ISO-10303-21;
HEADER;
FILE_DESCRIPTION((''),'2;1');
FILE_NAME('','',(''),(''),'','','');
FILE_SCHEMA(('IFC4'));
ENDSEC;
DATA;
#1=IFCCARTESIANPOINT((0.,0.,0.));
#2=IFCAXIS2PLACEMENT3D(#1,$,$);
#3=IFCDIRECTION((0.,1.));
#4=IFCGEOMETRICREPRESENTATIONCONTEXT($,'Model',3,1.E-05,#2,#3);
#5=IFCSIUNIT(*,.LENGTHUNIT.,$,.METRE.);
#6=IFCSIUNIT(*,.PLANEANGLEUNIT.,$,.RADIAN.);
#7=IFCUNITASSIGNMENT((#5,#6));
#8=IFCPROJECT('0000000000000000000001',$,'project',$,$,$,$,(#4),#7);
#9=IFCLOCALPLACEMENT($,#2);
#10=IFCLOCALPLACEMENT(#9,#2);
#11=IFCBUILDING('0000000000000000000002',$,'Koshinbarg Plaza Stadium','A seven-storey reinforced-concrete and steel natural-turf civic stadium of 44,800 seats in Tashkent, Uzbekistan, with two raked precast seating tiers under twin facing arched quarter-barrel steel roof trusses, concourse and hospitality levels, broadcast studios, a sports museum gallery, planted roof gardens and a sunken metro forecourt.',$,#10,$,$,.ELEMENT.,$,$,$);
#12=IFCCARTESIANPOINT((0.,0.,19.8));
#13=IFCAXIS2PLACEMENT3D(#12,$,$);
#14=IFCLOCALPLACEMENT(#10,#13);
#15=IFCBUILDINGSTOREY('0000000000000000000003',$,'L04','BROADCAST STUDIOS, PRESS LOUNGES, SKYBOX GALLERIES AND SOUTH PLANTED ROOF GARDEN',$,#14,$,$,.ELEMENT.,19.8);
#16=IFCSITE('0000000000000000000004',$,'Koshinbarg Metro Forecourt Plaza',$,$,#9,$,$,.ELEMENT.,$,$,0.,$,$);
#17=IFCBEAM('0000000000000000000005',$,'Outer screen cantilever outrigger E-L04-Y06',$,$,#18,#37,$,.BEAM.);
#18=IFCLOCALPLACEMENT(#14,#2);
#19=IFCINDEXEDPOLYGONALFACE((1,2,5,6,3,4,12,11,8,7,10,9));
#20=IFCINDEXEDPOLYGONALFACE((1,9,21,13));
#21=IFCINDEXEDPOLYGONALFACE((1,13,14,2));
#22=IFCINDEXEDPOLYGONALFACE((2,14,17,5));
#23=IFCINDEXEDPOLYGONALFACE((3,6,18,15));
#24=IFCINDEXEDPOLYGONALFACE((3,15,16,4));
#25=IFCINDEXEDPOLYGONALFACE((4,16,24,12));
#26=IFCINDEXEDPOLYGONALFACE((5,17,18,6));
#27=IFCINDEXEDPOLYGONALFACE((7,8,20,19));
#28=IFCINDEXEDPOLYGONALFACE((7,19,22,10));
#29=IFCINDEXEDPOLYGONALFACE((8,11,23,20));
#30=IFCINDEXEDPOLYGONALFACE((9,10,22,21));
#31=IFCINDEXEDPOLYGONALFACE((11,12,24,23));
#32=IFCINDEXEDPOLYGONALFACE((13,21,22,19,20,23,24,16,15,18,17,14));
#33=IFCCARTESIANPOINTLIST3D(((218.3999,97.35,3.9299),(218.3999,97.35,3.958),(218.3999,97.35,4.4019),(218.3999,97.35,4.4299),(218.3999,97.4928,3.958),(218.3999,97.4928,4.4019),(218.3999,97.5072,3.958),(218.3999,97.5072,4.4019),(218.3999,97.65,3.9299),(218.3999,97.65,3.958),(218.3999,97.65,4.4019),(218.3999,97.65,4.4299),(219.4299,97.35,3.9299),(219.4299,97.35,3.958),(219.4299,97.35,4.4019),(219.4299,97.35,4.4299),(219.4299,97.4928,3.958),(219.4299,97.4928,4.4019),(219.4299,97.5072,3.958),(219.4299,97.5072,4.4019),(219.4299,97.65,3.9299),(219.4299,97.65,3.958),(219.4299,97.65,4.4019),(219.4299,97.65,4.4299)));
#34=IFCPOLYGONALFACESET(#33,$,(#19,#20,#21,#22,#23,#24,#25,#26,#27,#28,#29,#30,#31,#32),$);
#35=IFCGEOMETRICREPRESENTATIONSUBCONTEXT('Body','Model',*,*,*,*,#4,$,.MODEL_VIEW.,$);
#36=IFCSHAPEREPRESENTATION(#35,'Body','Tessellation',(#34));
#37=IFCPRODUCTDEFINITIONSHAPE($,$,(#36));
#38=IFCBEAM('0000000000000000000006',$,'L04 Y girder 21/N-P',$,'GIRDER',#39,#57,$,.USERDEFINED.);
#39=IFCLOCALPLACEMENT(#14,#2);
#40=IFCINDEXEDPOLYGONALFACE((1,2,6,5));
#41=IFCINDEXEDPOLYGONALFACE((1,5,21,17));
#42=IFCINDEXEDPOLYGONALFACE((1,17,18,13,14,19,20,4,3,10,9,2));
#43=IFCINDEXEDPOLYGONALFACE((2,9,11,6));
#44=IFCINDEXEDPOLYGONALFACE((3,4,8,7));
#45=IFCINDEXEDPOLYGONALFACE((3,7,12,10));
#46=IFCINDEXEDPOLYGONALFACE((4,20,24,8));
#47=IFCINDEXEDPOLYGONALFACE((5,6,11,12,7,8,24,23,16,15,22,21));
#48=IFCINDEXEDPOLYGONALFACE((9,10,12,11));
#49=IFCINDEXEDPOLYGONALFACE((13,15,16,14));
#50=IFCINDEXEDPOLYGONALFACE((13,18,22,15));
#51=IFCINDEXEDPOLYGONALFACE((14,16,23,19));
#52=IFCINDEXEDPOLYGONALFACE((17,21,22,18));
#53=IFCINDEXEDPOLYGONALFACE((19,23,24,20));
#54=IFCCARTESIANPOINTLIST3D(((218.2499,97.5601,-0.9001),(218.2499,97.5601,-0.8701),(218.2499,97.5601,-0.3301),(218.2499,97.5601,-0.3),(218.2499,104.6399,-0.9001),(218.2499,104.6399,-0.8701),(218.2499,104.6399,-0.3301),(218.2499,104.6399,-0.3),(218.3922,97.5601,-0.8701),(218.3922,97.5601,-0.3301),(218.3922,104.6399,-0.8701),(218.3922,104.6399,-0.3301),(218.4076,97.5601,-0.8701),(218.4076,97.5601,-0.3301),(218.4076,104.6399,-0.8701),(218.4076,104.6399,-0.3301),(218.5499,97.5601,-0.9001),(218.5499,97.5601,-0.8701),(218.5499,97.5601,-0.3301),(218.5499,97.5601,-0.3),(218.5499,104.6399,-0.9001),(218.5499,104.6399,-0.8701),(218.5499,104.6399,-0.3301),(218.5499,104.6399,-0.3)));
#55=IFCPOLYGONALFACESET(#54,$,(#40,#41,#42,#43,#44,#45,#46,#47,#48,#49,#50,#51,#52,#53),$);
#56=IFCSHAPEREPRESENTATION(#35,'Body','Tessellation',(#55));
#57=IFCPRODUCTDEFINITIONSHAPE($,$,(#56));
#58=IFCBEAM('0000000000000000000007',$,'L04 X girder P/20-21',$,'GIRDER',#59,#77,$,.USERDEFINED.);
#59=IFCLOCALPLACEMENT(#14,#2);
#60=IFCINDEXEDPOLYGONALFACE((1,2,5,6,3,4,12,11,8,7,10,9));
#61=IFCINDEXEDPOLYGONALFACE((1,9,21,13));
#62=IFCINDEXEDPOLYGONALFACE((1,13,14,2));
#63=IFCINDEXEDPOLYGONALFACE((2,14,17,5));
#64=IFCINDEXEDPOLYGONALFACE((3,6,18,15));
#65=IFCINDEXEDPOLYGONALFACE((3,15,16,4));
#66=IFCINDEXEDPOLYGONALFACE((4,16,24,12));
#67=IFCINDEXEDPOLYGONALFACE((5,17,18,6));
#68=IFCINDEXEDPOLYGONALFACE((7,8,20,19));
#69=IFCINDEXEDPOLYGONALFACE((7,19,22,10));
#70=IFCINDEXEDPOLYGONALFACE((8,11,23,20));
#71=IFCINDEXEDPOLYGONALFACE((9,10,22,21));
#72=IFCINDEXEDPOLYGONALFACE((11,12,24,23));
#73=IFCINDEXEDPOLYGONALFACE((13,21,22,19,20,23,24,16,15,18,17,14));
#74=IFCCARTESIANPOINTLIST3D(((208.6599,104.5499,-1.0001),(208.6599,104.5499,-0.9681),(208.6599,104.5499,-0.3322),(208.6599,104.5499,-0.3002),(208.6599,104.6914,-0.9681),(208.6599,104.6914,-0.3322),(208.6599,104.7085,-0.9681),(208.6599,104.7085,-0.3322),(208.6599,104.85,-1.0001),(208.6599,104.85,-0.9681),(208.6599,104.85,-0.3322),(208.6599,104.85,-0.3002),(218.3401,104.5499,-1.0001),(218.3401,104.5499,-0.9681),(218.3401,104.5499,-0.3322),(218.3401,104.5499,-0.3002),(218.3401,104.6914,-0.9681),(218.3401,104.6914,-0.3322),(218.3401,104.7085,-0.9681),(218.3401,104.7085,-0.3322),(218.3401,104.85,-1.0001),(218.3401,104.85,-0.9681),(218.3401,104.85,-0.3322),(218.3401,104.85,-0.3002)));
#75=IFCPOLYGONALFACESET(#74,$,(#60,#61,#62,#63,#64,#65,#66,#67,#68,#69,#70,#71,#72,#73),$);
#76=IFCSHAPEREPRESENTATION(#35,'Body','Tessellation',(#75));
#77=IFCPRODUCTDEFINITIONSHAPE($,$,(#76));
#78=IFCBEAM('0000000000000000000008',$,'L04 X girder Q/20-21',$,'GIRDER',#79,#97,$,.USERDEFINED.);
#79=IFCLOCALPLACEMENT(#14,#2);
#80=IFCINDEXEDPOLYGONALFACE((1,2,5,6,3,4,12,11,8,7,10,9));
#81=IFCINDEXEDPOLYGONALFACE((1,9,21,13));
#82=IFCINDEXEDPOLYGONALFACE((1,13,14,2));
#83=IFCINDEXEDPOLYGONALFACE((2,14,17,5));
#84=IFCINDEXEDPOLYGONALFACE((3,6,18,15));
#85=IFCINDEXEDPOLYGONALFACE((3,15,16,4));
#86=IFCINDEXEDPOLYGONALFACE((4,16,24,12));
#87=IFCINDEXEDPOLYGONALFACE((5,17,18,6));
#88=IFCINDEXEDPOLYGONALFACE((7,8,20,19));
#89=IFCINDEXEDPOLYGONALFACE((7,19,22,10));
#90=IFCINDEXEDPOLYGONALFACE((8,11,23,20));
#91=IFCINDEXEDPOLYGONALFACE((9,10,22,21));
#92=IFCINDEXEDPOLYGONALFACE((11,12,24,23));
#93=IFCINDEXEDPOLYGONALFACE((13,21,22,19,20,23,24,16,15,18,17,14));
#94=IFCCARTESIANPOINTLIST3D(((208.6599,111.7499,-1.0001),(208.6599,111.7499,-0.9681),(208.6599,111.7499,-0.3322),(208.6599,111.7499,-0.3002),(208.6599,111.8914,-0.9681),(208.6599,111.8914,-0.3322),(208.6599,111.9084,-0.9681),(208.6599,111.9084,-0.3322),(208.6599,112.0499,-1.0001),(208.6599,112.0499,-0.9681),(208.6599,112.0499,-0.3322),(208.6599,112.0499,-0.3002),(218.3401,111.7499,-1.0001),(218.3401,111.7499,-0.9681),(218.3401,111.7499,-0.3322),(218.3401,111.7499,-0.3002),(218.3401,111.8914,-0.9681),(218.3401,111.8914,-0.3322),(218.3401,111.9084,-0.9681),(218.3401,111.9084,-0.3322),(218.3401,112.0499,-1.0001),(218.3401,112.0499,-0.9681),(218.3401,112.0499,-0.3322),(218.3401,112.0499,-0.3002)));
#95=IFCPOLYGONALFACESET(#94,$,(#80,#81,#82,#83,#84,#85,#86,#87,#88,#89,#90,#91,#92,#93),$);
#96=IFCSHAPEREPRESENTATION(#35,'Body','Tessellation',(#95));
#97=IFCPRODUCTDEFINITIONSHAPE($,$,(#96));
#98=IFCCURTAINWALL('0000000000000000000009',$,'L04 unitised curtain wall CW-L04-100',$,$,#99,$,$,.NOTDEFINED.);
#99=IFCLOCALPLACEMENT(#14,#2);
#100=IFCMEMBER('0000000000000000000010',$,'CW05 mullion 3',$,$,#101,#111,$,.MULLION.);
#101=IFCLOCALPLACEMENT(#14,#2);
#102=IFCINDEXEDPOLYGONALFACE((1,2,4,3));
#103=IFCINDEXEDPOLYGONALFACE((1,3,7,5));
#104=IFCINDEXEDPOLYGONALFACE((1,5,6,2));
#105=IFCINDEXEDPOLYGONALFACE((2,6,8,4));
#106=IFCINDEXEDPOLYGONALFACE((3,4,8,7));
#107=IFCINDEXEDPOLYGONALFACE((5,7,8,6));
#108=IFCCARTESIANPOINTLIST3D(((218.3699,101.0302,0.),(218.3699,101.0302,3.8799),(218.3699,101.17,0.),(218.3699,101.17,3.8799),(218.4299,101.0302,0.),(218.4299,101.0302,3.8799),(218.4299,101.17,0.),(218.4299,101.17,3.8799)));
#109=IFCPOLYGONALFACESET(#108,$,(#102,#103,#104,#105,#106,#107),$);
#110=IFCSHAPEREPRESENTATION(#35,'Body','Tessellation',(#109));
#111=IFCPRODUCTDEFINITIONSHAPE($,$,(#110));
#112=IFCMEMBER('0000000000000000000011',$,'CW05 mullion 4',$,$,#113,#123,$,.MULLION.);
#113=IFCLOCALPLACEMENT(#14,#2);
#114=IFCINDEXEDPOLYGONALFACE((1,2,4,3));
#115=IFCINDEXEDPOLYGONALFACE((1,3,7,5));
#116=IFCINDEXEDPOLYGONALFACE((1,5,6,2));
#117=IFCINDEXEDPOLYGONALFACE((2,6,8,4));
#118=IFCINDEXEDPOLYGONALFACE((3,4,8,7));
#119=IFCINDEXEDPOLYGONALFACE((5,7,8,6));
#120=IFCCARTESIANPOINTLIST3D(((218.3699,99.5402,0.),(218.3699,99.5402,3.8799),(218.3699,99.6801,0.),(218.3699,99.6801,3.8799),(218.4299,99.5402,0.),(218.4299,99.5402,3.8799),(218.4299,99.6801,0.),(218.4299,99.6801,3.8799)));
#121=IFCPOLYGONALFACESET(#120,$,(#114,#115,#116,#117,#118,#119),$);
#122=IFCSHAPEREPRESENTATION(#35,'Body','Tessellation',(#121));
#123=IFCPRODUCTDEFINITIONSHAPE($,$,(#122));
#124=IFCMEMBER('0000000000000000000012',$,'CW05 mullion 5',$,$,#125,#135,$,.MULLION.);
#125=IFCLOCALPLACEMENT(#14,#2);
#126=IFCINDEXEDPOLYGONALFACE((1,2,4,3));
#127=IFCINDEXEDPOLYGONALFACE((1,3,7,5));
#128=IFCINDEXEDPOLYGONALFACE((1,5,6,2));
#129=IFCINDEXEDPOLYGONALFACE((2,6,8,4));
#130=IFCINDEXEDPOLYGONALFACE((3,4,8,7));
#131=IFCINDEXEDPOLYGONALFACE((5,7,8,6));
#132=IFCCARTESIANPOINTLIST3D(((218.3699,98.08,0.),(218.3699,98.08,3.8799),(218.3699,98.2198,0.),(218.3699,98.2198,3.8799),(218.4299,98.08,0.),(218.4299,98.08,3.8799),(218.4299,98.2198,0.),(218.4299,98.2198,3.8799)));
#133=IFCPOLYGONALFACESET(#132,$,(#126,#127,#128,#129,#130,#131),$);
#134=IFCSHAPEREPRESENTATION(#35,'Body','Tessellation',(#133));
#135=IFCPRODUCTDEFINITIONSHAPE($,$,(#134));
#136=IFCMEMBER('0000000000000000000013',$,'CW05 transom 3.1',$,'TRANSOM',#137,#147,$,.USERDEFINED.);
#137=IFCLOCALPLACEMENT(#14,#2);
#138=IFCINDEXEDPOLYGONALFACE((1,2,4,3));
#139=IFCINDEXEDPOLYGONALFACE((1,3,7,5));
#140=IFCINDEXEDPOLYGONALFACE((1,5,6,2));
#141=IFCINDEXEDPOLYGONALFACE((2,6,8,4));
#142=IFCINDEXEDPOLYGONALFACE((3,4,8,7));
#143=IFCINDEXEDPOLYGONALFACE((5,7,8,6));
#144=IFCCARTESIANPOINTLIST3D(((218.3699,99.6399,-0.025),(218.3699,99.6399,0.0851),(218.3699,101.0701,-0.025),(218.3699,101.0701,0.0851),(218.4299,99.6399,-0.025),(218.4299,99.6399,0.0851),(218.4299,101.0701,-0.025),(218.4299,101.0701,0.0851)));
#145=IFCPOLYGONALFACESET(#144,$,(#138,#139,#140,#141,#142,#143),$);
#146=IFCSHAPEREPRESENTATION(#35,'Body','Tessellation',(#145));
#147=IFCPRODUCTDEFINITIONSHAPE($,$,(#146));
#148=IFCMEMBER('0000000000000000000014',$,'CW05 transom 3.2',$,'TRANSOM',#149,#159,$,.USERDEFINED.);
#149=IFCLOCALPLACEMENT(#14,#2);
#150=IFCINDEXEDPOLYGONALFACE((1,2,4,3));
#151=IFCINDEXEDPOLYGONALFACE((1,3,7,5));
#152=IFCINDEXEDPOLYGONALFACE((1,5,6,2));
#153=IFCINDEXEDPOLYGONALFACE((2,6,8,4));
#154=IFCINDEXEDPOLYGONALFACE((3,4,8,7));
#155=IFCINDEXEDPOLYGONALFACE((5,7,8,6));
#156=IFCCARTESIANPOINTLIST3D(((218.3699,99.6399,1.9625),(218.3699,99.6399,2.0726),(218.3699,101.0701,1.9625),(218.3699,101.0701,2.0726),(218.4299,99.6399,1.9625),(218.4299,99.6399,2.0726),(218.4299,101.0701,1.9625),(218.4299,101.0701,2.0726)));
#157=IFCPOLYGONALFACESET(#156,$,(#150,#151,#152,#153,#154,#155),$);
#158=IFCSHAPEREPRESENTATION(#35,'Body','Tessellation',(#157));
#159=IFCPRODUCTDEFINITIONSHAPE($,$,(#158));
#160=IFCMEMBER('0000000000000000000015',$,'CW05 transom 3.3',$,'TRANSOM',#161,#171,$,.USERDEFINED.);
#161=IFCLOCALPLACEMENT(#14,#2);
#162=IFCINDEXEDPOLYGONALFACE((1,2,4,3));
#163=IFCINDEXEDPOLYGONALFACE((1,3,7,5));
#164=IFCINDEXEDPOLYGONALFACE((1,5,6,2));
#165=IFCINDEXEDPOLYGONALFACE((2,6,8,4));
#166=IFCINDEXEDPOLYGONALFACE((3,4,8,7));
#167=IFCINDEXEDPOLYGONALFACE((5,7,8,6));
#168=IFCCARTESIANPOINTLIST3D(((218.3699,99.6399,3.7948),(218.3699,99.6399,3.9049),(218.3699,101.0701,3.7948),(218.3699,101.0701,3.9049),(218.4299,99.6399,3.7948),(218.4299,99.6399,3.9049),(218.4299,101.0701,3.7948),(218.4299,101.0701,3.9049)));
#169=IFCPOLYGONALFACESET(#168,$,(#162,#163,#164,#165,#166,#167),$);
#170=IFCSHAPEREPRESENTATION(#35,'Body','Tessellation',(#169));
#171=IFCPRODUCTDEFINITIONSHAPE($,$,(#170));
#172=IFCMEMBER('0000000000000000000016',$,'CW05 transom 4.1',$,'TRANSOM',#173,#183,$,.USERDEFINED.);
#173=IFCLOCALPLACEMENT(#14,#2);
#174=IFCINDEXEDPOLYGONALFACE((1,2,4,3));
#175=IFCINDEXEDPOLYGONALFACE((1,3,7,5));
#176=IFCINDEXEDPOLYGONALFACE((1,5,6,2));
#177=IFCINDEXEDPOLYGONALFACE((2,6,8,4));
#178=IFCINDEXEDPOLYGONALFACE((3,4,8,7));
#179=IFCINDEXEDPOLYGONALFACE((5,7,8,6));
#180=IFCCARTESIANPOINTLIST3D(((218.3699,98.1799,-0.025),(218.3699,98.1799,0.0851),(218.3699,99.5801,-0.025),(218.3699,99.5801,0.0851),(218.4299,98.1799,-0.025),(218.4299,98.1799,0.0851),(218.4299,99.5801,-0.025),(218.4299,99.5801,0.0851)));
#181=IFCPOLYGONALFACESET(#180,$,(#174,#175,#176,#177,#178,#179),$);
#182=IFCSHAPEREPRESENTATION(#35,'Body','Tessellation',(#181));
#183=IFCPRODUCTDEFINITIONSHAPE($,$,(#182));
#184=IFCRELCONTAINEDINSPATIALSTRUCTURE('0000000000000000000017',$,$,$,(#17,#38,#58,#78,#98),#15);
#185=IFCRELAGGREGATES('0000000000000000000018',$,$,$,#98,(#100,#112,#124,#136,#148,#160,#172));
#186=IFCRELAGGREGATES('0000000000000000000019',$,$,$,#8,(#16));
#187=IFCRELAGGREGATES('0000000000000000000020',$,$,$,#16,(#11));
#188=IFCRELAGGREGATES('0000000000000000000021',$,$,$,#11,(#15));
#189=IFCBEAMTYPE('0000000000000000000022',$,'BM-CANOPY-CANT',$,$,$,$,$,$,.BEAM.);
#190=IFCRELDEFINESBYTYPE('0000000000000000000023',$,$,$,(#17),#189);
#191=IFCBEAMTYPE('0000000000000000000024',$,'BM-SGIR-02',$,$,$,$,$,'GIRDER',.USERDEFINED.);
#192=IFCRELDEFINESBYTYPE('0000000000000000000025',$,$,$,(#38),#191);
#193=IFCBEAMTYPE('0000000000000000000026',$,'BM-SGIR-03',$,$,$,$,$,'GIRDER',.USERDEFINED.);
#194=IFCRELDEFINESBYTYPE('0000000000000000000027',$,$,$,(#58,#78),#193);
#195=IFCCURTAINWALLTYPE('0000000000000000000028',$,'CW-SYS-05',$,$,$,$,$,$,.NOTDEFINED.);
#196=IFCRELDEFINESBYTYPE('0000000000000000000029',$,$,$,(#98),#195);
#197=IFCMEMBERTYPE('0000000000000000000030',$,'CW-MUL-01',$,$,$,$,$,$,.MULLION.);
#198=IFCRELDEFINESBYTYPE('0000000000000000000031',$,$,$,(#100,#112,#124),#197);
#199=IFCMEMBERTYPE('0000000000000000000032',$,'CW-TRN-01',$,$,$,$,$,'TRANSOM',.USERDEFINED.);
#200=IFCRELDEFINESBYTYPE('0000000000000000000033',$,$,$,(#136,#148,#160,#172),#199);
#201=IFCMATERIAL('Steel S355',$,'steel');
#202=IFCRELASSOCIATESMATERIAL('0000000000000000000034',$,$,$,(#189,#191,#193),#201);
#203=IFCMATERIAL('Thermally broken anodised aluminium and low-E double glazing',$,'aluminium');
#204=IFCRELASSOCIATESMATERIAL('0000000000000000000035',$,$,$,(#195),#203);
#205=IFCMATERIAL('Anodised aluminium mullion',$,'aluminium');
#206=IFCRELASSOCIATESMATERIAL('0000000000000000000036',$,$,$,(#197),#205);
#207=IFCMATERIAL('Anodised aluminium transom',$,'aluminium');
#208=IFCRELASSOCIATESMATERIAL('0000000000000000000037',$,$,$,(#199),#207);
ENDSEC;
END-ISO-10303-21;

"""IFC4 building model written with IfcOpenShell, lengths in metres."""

from ifc_helpers import new_model, si_unit, direction, frame, origin, origin_2d, place, context, subcontext, project, spatial, rectangle, i_section, extrude, material, material_profile, profile_set, type_object, element, aggregate, save


model = new_model("IFC4")

# Units and contexts
model_context = context("Model", 3, precision=1e-05, world=origin(), true_north=direction((0.0, 1.0)))
body_context = subcontext(model_context, "Body", "Model", "MODEL_VIEW")
ifc_project = project(units=[si_unit("LENGTHUNIT", "METRE"), si_unit("PLANEANGLEUNIT", "RADIAN")], contexts=[model_context])

# Site, building, storey
site_placement = place(None, origin())
site = spatial("IfcSite", under=ifc_project, at=site_placement, Name="Koshinbarg Metro Forecourt Plaza", CompositionType="ELEMENT", RefElevation=0.0)
building_placement = place(site_placement, origin())
building = spatial("IfcBuilding", under=site, at=building_placement, Name="Koshinbarg Plaza Stadium", Description="A seven-storey reinforced-concrete and steel natural-turf civic stadium of 44,800 seats in Tashkent, Uzbekistan, with two raked precast seating tiers under twin facing arched quarter-barrel steel roof trusses, concourse and hospitality levels, broadcast studios, a sports museum gallery, planted roof gardens and a sunken metro forecourt.", CompositionType="ELEMENT")
storey_placement = place(building_placement, frame((0.0, 0.0, 19.8)))
storey = spatial("IfcBuildingStorey", under=building, at=storey_placement, Name="L04", Description="BROADCAST STUDIOS, PRESS LOUNGES, SKYBOX GALLERIES AND SOUTH PLANTED ROOF GARDEN", CompositionType="ELEMENT", Elevation=19.8)

# Beams
ifc_material_1 = material(Name="Steel S355", Category="steel")
ifc_material_profile_1 = material_profile(ifc_material_1, i_section(OverallWidth=0.3, OverallDepth=0.5, WebThickness=0.0144, FlangeThickness=0.0281, at=origin_2d()), Name="HEB 500")
ifc_profile_set_1 = profile_set([ifc_material_profile_1], Name="Steel S355")
beam_type_1 = type_object("IfcBeamType", Name="BM-CANOPY-CANT", PredefinedType="BEAM", material=ifc_profile_set_1)
beam_1_placement = place(storey_placement, frame((218.3999, 97.5, 4.1799), z_axis=(1.0, 0.0, 0.0), x_axis=(0.0, 1.0, 0.0)))
element("IfcBeam", 1, at=beam_1_placement, inside=storey, type_object=beam_type_1, Name="Outer screen cantilever outrigger E-L04-Y06", PredefinedType="BEAM", context=body_context, shape_type="SweptSolid", body=[
    extrude(i_section(OverallWidth=0.3, OverallDepth=0.5, WebThickness=0.0144, FlangeThickness=0.0281, at=origin_2d()), origin(), (0.0, 0.0, 1.0), 1.03),
])
ifc_material_profile_2 = material_profile(ifc_material_1, i_section(OverallWidth=0.3, OverallDepth=0.6001, WebThickness=0.0154, FlangeThickness=0.03, at=origin_2d()), Name="HEB 600")
ifc_profile_set_2 = profile_set([ifc_material_profile_2], Name="Steel S355")
beam_type_2 = type_object("IfcBeamType", Name="BM-SGIR-02", ElementType="GIRDER", PredefinedType="USERDEFINED", material=ifc_profile_set_2)
beam_2_placement = place(storey_placement, frame((218.3999, 97.5601, -0.6001), z_axis=(0.0, 1.0, 0.0), x_axis=(-1.0, 0.0, 0.0)))
element("IfcBeam", 2, at=beam_2_placement, inside=storey, type_object=beam_type_2, Name="L04 Y girder 21/N-P", ObjectType="GIRDER", PredefinedType="USERDEFINED", context=body_context, shape_type="SweptSolid", body=[
    extrude(i_section(OverallWidth=0.3, OverallDepth=0.6001, WebThickness=0.0154, FlangeThickness=0.03, at=origin_2d()), origin(), (0.0, 0.0, 1.0), 7.0798),
])
ifc_material_profile_3 = material_profile(ifc_material_1, i_section(OverallWidth=0.3, OverallDepth=0.7, WebThickness=0.0171, FlangeThickness=0.032, at=origin_2d()), Name="HEB 700")
ifc_profile_set_3 = profile_set([ifc_material_profile_3], Name="Steel S355")
beam_type_3 = type_object("IfcBeamType", Name="BM-SGIR-03", ElementType="GIRDER", PredefinedType="USERDEFINED", material=ifc_profile_set_3)
for number, where, z_axis, x_axis, name in (
    (3, (208.6599, 104.7, -0.6501), (1.0, 0.0, 0.0), (0.0, 1.0, 0.0), "L04 X girder P/20-21"),
    (4, (208.6599, 111.8999, -0.6501), (1.0, 0.0, 0.0), (0.0, 1.0, 0.0), "L04 X girder Q/20-21"),
):
    element("IfcBeam", number, at=place(storey_placement, frame(where, z_axis=z_axis, x_axis=x_axis)), inside=storey, type_object=beam_type_3, Name=name, ObjectType="GIRDER", PredefinedType="USERDEFINED", context=body_context, shape_type="SweptSolid", body=[
        extrude(i_section(OverallWidth=0.3, OverallDepth=0.7, WebThickness=0.0171, FlangeThickness=0.032, at=origin_2d()), origin(), (0.0, 0.0, 1.0), 9.6802),
    ])

# Curtain wall, members
ifc_material_2 = material(Name="Thermally broken anodised aluminium and low-E double glazing", Category="aluminium")
curtain_wall_type = type_object("IfcCurtainWallType", Name="CW-SYS-05", PredefinedType="NOTDEFINED", material=ifc_material_2)
curtain_wall_placement = place(storey_placement, origin())
curtain_wall = element("IfcCurtainWall", 5, at=curtain_wall_placement, inside=storey, type_object=curtain_wall_type, Name="L04 unitised curtain wall CW-L04-100", PredefinedType="NOTDEFINED")
ifc_material_3 = material(Name="Anodised aluminium mullion", Category="aluminium")
ifc_material_profile_4 = material_profile(ifc_material_3, rectangle(XDim=0.0601, YDim=0.1399, at=origin_2d()), Name="ALU 60x140")
ifc_profile_set_4 = profile_set([ifc_material_profile_4], Name="Anodised aluminium mullion")
member_type_1 = type_object("IfcMemberType", Name="CW-MUL-01", PredefinedType="MULLION", material=ifc_profile_set_4)
member_1_placement = place(storey_placement, frame((218.3999, 101.1001, 0.0), z_axis=(0.0, 0.0, 1.0), x_axis=(1.0, 0.0, 0.0)))
member_1 = element("IfcMember", 6, at=member_1_placement, type_object=member_type_1, Name="CW05 mullion 3", PredefinedType="MULLION", context=body_context, shape_type="SweptSolid", body=[
    extrude(rectangle(XDim=0.0601, YDim=0.1399, at=origin_2d()), origin(), (0.0, 0.0, 1.0), 3.8799),
])
member_2_placement = place(storey_placement, frame((218.3999, 99.6101, 0.0), z_axis=(0.0, 0.0, 1.0), x_axis=(1.0, 0.0, 0.0)))
member_2 = element("IfcMember", 7, at=member_2_placement, type_object=member_type_1, Name="CW05 mullion 4", PredefinedType="MULLION", context=body_context, shape_type="SweptSolid", body=[
    extrude(rectangle(XDim=0.0601, YDim=0.1399, at=origin_2d()), origin(), (0.0, 0.0, 1.0), 3.8799),
])
member_3_placement = place(storey_placement, frame((218.3999, 98.1499, 0.0), z_axis=(0.0, 0.0, 1.0), x_axis=(1.0, 0.0, 0.0)))
member_3 = element("IfcMember", 8, at=member_3_placement, type_object=member_type_1, Name="CW05 mullion 5", PredefinedType="MULLION", context=body_context, shape_type="SweptSolid", body=[
    extrude(rectangle(XDim=0.0601, YDim=0.1399, at=origin_2d()), origin(), (0.0, 0.0, 1.0), 3.8799),
])
ifc_material_4 = material(Name="Anodised aluminium transom", Category="aluminium")
ifc_material_profile_5 = material_profile(ifc_material_4, rectangle(XDim=0.0601, YDim=0.1101, at=origin_2d()), Name="ALU 60x110")
ifc_profile_set_5 = profile_set([ifc_material_profile_5], Name="Anodised aluminium transom")
member_type_2 = type_object("IfcMemberType", Name="CW-TRN-01", ElementType="TRANSOM", PredefinedType="USERDEFINED", material=ifc_profile_set_5)
member_4_placement = place(storey_placement, frame((218.3999, 101.0701, 0.03), z_axis=(0.0, -1.0, 0.0), x_axis=(1.0, 0.0, 0.0)))
member_4 = element("IfcMember", 9, at=member_4_placement, type_object=member_type_2, Name="CW05 transom 3.1", ObjectType="TRANSOM", PredefinedType="USERDEFINED", context=body_context, shape_type="SweptSolid", body=[
    extrude(rectangle(XDim=0.0601, YDim=0.1101, at=origin_2d()), origin(), (0.0, 0.0, 1.0), 1.4302),
])
member_5_placement = place(storey_placement, frame((218.3999, 101.0701, 2.0176), z_axis=(0.0, -1.0, 0.0), x_axis=(1.0, 0.0, 0.0)))
member_5 = element("IfcMember", 10, at=member_5_placement, type_object=member_type_2, Name="CW05 transom 3.2", ObjectType="TRANSOM", PredefinedType="USERDEFINED", context=body_context, shape_type="SweptSolid", body=[
    extrude(rectangle(XDim=0.0601, YDim=0.1101, at=origin_2d()), origin(), (0.0, 0.0, 1.0), 1.4302),
])
member_6_placement = place(storey_placement, frame((218.3999, 101.0701, 3.8499), z_axis=(0.0, -1.0, 0.0), x_axis=(1.0, 0.0, 0.0)))
member_6 = element("IfcMember", 11, at=member_6_placement, type_object=member_type_2, Name="CW05 transom 3.3", ObjectType="TRANSOM", PredefinedType="USERDEFINED", context=body_context, shape_type="SweptSolid", body=[
    extrude(rectangle(XDim=0.0601, YDim=0.1101, at=origin_2d()), origin(), (0.0, 0.0, 1.0), 1.4302),
])
member_7_placement = place(storey_placement, frame((218.3999, 99.5801, 0.03), z_axis=(0.0, -1.0, 0.0), x_axis=(1.0, 0.0, 0.0)))
member_7 = element("IfcMember", 12, at=member_7_placement, type_object=member_type_2, Name="CW05 transom 4.1", ObjectType="TRANSOM", PredefinedType="USERDEFINED", context=body_context, shape_type="SweptSolid", body=[
    extrude(rectangle(XDim=0.0601, YDim=0.1101, at=origin_2d()), origin(), (0.0, 0.0, 1.0), 1.4001),
])
aggregate(curtain_wall, [member_1, member_2, member_3, member_4, member_5, member_6, member_7])

save(model, "model.ifc")
